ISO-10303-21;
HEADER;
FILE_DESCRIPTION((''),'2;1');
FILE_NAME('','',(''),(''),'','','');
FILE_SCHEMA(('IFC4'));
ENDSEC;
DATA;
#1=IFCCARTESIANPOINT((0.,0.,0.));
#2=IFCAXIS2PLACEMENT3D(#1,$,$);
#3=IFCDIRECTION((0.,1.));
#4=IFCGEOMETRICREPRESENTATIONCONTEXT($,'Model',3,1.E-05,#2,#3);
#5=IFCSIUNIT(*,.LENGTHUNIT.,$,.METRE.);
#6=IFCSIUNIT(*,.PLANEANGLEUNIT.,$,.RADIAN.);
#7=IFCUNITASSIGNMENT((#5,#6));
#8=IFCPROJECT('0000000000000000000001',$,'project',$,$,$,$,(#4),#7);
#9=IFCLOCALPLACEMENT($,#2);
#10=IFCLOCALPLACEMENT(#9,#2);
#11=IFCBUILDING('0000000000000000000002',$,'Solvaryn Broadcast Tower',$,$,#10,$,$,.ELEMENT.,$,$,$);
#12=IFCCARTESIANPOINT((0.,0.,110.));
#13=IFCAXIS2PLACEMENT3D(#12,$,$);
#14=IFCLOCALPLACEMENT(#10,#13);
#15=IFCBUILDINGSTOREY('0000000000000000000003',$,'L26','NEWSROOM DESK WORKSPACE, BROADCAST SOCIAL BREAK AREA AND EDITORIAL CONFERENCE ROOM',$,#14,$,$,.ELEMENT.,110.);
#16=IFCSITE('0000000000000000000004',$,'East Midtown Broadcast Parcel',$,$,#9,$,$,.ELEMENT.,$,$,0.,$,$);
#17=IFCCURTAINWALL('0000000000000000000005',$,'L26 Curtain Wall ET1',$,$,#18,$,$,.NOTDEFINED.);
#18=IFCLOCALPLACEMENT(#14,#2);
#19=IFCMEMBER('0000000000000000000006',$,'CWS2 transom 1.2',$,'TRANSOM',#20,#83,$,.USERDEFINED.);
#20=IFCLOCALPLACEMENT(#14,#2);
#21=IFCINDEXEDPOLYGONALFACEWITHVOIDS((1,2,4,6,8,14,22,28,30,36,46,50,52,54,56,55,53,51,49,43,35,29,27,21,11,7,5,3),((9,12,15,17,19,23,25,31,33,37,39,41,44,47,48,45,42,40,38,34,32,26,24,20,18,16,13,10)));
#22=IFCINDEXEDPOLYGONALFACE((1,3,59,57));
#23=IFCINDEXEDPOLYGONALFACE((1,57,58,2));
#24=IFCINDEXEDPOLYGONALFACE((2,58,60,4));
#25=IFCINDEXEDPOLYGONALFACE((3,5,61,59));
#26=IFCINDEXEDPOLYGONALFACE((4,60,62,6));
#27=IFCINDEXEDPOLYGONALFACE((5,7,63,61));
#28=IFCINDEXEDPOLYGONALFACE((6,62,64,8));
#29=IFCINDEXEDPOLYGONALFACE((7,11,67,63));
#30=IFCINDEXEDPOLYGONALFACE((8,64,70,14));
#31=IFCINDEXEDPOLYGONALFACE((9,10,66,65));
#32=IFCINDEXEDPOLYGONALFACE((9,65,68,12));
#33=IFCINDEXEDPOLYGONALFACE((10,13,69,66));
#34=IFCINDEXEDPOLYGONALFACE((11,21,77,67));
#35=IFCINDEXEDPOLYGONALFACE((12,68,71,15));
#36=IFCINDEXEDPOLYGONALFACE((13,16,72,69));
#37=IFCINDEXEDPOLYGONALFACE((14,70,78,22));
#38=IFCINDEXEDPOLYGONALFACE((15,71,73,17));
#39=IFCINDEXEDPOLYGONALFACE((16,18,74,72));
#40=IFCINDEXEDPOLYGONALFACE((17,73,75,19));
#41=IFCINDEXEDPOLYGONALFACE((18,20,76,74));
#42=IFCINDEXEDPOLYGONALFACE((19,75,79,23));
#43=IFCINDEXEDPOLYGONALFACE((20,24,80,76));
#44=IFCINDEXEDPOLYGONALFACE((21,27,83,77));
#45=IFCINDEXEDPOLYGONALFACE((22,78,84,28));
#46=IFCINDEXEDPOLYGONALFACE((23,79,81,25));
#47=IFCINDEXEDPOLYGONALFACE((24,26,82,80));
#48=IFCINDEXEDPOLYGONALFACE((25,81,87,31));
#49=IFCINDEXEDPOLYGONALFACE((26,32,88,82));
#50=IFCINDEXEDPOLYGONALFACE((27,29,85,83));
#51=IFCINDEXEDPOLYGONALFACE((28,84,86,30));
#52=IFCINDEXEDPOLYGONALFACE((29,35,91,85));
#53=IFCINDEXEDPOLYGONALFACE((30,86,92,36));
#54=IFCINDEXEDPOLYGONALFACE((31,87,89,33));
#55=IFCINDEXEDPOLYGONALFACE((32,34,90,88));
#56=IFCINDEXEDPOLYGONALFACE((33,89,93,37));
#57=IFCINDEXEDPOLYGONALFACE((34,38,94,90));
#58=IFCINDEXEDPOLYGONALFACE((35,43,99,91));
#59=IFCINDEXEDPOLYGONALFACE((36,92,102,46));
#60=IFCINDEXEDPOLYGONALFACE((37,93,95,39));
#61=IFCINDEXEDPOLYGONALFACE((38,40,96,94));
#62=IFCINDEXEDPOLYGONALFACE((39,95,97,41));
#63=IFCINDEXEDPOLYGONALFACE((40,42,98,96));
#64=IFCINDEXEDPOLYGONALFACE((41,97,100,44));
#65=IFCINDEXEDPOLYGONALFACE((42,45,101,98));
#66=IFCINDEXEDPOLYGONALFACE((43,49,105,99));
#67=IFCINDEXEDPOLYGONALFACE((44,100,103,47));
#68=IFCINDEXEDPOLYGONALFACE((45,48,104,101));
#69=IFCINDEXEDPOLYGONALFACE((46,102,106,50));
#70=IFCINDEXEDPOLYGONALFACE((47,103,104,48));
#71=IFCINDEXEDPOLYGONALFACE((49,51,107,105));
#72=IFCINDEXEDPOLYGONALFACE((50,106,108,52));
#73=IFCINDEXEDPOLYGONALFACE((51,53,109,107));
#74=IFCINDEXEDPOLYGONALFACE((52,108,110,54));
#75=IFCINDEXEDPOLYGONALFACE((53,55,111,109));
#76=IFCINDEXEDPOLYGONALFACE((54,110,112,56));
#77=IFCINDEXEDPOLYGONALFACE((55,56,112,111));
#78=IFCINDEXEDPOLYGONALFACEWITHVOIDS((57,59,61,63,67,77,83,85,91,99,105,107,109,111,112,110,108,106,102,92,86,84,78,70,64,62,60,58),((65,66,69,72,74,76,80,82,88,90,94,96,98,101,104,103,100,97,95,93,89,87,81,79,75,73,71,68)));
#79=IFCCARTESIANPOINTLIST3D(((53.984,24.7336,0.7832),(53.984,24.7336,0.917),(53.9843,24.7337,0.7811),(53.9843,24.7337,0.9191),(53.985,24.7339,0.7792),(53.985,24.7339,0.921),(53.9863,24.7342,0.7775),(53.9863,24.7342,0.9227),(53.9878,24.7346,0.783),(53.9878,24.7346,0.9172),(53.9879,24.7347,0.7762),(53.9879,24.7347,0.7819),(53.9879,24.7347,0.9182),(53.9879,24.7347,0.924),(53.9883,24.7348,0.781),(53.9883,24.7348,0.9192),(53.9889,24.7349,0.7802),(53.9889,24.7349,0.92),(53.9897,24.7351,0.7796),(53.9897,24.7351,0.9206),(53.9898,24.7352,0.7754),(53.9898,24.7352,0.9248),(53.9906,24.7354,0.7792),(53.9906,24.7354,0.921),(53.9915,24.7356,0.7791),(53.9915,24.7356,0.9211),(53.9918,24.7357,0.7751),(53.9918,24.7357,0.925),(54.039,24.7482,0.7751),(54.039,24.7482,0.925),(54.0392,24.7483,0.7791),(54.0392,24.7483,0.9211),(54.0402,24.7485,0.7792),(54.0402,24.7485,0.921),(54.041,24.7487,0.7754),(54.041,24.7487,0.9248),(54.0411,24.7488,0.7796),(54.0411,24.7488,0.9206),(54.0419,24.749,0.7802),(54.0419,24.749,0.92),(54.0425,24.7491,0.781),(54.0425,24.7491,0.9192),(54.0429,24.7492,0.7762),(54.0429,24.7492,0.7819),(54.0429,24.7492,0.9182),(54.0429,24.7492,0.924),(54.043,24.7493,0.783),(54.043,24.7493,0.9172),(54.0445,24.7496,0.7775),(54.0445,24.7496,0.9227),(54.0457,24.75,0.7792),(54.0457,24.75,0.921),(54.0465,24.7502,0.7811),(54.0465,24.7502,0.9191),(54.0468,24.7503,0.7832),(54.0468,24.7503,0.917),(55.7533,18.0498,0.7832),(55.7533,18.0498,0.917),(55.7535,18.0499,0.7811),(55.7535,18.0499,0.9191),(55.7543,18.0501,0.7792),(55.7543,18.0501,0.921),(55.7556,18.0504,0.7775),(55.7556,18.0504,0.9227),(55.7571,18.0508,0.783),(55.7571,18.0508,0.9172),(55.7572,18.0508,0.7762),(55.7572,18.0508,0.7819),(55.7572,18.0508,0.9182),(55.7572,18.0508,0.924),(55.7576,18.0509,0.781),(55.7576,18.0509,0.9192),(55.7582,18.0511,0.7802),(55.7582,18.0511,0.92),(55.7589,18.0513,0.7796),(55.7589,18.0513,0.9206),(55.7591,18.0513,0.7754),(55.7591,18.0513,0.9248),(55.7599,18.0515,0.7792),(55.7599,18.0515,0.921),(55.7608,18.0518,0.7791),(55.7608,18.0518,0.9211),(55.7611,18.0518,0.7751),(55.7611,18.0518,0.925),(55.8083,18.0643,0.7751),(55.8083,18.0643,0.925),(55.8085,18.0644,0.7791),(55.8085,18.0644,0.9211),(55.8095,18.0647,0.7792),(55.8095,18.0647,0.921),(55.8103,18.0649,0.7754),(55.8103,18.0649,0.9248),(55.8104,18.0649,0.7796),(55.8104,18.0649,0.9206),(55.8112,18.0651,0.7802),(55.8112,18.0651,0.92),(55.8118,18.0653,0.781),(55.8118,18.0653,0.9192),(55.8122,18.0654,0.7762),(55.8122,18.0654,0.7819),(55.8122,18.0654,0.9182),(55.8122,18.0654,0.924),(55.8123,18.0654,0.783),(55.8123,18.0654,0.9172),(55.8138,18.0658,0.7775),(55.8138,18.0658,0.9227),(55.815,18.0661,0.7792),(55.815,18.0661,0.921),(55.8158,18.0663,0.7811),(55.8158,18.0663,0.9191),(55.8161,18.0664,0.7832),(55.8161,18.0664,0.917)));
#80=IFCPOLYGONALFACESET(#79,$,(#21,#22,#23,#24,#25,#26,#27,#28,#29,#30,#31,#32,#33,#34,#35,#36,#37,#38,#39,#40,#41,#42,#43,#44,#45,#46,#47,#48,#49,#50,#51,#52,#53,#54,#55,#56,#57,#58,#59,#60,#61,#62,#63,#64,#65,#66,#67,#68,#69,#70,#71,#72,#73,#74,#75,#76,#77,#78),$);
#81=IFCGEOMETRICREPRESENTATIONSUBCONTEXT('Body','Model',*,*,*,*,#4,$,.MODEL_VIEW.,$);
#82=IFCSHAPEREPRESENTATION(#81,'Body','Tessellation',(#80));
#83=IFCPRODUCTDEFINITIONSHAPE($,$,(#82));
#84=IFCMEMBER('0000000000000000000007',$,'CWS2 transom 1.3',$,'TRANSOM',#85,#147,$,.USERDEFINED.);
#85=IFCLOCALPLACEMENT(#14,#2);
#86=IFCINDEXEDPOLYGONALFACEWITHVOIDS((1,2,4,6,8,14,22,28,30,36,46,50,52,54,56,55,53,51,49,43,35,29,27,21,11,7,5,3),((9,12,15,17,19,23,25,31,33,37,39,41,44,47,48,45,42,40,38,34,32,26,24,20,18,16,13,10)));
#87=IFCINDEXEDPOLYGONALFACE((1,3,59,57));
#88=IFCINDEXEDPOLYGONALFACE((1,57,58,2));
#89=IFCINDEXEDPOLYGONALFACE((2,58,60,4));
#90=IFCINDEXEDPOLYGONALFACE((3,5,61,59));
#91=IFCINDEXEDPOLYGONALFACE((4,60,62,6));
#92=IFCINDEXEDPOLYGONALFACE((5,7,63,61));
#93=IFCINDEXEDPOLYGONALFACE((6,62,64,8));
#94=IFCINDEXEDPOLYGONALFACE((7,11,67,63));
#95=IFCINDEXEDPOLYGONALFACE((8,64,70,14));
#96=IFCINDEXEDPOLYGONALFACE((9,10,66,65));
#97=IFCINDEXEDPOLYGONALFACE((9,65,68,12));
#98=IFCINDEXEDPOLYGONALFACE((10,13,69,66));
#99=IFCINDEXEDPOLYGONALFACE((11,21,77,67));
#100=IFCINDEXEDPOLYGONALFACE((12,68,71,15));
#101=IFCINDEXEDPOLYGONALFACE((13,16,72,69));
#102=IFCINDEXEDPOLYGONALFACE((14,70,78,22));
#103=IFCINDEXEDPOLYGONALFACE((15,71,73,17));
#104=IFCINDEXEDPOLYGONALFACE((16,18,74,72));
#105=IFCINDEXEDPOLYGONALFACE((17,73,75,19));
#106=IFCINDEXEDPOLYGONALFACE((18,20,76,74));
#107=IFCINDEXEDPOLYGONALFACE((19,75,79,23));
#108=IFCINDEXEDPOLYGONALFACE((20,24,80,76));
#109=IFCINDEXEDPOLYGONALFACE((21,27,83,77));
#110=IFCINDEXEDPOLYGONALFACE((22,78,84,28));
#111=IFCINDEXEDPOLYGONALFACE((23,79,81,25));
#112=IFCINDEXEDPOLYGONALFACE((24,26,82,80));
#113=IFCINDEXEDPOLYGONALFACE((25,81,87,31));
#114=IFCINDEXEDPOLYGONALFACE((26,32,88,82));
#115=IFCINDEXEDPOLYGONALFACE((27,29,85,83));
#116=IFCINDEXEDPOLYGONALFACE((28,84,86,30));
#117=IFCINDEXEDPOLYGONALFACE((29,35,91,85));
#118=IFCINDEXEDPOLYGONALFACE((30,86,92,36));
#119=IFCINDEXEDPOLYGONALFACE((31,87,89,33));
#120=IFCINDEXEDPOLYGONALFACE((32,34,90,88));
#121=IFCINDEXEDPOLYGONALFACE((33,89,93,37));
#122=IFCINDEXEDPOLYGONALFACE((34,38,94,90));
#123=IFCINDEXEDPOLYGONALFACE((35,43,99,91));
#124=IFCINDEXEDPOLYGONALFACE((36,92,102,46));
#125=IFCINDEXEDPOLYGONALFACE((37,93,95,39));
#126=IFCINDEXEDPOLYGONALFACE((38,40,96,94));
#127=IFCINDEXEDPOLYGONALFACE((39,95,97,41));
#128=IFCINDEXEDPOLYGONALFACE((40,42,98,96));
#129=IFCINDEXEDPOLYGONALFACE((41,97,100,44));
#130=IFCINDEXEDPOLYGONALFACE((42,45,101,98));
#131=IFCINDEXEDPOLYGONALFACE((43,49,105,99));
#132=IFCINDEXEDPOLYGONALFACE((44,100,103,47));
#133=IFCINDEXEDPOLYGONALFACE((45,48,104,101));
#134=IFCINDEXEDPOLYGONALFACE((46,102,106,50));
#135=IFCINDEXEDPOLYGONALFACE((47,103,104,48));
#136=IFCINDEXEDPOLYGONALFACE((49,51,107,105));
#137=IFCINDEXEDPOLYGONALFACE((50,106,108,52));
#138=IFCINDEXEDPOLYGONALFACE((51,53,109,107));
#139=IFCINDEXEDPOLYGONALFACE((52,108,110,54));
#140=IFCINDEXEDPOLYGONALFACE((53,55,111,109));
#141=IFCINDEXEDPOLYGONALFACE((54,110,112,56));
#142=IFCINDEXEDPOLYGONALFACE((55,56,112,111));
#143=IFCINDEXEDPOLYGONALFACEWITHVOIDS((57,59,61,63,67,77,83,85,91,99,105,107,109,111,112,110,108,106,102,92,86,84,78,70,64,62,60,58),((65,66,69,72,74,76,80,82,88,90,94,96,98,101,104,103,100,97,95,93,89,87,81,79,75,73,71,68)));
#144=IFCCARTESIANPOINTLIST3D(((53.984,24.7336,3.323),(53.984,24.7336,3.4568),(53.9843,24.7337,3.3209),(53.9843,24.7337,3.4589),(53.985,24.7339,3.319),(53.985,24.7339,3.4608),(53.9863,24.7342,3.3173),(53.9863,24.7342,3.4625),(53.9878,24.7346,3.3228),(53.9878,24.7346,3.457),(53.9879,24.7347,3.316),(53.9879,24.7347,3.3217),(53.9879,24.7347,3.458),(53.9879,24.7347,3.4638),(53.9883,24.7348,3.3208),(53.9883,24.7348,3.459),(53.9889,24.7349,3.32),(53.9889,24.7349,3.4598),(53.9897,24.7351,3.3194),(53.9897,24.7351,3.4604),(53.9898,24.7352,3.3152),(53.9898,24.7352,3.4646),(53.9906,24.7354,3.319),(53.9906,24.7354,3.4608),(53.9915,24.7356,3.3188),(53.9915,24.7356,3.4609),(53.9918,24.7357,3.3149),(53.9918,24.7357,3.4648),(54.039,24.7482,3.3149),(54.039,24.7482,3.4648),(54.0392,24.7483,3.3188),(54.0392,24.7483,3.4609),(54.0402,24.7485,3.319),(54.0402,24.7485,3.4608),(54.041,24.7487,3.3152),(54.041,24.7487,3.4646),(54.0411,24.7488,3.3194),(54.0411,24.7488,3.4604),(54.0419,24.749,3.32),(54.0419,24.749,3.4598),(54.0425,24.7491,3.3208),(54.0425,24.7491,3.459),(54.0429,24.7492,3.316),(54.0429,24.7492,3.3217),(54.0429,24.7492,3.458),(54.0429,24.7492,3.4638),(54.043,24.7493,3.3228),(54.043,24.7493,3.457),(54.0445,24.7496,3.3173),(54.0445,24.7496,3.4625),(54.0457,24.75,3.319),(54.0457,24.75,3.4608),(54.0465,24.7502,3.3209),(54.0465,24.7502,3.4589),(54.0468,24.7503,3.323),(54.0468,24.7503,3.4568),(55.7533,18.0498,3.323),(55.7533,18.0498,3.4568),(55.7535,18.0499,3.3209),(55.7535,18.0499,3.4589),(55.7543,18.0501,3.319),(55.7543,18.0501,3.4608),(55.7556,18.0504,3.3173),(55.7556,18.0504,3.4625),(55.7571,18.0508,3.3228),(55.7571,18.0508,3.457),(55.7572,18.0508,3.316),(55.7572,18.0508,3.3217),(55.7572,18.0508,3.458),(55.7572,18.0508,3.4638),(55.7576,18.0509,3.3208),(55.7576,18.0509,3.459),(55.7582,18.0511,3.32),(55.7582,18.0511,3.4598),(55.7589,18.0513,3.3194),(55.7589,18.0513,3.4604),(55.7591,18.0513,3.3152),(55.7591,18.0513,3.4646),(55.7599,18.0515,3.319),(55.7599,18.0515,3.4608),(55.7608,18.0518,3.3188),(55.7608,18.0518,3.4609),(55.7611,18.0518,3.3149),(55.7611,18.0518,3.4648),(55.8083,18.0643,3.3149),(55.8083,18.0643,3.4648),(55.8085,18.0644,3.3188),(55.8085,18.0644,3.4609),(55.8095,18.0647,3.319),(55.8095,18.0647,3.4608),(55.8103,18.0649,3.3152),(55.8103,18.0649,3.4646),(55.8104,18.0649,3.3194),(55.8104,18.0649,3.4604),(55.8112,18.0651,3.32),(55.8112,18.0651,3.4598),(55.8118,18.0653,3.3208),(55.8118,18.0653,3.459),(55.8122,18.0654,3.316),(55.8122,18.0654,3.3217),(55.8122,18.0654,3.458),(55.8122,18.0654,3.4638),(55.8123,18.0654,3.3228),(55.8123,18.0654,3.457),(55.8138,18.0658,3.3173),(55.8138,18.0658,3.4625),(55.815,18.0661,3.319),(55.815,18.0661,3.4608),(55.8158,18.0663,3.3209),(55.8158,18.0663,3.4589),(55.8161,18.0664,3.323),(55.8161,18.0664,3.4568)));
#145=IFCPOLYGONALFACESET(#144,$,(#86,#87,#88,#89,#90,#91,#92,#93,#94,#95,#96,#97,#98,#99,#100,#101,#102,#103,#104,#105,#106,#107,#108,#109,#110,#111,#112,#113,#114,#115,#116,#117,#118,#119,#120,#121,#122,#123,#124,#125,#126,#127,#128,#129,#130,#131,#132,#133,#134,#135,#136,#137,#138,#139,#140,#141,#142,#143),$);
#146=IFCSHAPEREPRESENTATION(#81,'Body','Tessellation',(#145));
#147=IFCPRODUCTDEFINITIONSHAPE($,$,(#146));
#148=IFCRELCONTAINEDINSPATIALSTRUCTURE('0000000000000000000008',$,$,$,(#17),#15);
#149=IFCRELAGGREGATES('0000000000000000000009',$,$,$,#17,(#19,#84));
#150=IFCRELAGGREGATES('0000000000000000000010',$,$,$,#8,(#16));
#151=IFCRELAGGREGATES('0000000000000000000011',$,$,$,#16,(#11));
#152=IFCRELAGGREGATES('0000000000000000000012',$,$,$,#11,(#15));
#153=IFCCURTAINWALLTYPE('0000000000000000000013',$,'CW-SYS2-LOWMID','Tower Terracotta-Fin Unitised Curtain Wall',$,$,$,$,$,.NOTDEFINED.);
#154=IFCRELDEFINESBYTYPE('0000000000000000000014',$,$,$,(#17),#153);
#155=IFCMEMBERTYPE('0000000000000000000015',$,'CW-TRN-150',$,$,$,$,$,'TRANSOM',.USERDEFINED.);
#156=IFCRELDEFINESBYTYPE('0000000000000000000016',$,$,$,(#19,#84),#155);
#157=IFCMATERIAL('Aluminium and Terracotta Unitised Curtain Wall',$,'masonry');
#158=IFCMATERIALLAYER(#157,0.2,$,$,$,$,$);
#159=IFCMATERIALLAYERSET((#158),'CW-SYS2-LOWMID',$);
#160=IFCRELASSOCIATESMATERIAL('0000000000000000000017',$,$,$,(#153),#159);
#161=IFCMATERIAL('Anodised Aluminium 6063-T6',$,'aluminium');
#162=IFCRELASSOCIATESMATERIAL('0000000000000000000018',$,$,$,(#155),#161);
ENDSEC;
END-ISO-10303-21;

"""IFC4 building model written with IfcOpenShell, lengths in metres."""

from ifc_helpers import new_model, si_unit, direction, frame, origin, origin_2d, place, context, subcontext, project, spatial, hollow_rectangle, extrude, material, layer, layer_set, material_profile, profile_set, type_object, element, aggregate, save


model = new_model("IFC4")

# Units and contexts
model_context = context("Model", 3, precision=1e-05, world=origin(), true_north=direction((0.0, 1.0)))
body_context = subcontext(model_context, "Body", "Model", "MODEL_VIEW")
ifc_project = project(units=[si_unit("LENGTHUNIT", "METRE"), si_unit("PLANEANGLEUNIT", "RADIAN")], contexts=[model_context])

# Site, building, storey
site_placement = place(None, origin())
site = spatial("IfcSite", under=ifc_project, at=site_placement, Name="East Midtown Broadcast Parcel", CompositionType="ELEMENT", RefElevation=0.0)
building_placement = place(site_placement, origin())
building = spatial("IfcBuilding", under=site, at=building_placement, Name="Solvaryn Broadcast Tower", CompositionType="ELEMENT")
storey_placement = place(building_placement, frame((0.0, 0.0, 110.0)))
storey = spatial("IfcBuildingStorey", under=building, at=storey_placement, Name="L26", Description="NEWSROOM DESK WORKSPACE, BROADCAST SOCIAL BREAK AREA AND EDITORIAL CONFERENCE ROOM", CompositionType="ELEMENT", Elevation=110.0)

# Curtain wall
ifc_material_1 = material(Name="Aluminium and Terracotta Unitised Curtain Wall", Category="masonry")
ifc_layer_1 = layer(ifc_material_1, 0.2)
ifc_layer_set_1 = layer_set([ifc_layer_1], Name="CW-SYS2-LOWMID")
curtain_wall_type = type_object("IfcCurtainWallType", Name="CW-SYS2-LOWMID", Description="Tower Terracotta-Fin Unitised Curtain Wall", PredefinedType="NOTDEFINED", material=ifc_layer_set_1)
curtain_wall_1_placement = place(storey_placement, origin())
curtain_wall_1 = element("IfcCurtainWall", 1, at=curtain_wall_1_placement, inside=storey, type_object=curtain_wall_type, Name="L26 Curtain Wall ET1", PredefinedType="NOTDEFINED")

# Members
ifc_material_2 = material(Name="Anodised Aluminium 6063-T6", Category="aluminium")
ifc_material_profile_1 = material_profile(ifc_material_2, hollow_rectangle(XDim=0.0649, YDim=0.1499, WallThickness=0.0039, InnerFilletRadius=0.0039, OuterFilletRadius=0.0081, at=origin_2d()))
ifc_profile_set_1 = profile_set([ifc_material_profile_1], Name="Anodised Aluminium 6063-T6")
member_type_1 = type_object("IfcMemberType", Name="CW-TRN-150", ElementType="TRANSOM", PredefinedType="USERDEFINED", material=ifc_profile_set_1)
member_1_placement = place(storey_placement, frame((54.0154, 24.7419, 0.8501), z_axis=(0.255897, -0.966704, 0.0), x_axis=(0.966704, 0.255897, 0.0)))
member_1 = element("IfcMember", 2, at=member_1_placement, type_object=member_type_1, Name="CWS2 transom 1.2", ObjectType="TRANSOM", PredefinedType="USERDEFINED", context=body_context, shape_type="SweptSolid", body=[
    extrude(hollow_rectangle(XDim=0.0649, YDim=0.1499, WallThickness=0.0039, InnerFilletRadius=0.0039, OuterFilletRadius=0.0081, at=origin_2d()), origin(), (0.0, 0.0, 1.0), 6.9141),
])
member_2_placement = place(storey_placement, frame((54.0154, 24.7419, 3.3899), z_axis=(0.255897, -0.966704, 0.0), x_axis=(0.966704, 0.255897, 0.0)))
member_2 = element("IfcMember", 3, at=member_2_placement, type_object=member_type_1, Name="CWS2 transom 1.3", ObjectType="TRANSOM", PredefinedType="USERDEFINED", context=body_context, shape_type="SweptSolid", body=[
    extrude(hollow_rectangle(XDim=0.0649, YDim=0.1499, WallThickness=0.0039, InnerFilletRadius=0.0039, OuterFilletRadius=0.0081, at=origin_2d()), origin(), (0.0, 0.0, 1.0), 6.9141),
])

aggregate(curtain_wall_1, [member_1, member_2])

save(model, "model.ifc")
